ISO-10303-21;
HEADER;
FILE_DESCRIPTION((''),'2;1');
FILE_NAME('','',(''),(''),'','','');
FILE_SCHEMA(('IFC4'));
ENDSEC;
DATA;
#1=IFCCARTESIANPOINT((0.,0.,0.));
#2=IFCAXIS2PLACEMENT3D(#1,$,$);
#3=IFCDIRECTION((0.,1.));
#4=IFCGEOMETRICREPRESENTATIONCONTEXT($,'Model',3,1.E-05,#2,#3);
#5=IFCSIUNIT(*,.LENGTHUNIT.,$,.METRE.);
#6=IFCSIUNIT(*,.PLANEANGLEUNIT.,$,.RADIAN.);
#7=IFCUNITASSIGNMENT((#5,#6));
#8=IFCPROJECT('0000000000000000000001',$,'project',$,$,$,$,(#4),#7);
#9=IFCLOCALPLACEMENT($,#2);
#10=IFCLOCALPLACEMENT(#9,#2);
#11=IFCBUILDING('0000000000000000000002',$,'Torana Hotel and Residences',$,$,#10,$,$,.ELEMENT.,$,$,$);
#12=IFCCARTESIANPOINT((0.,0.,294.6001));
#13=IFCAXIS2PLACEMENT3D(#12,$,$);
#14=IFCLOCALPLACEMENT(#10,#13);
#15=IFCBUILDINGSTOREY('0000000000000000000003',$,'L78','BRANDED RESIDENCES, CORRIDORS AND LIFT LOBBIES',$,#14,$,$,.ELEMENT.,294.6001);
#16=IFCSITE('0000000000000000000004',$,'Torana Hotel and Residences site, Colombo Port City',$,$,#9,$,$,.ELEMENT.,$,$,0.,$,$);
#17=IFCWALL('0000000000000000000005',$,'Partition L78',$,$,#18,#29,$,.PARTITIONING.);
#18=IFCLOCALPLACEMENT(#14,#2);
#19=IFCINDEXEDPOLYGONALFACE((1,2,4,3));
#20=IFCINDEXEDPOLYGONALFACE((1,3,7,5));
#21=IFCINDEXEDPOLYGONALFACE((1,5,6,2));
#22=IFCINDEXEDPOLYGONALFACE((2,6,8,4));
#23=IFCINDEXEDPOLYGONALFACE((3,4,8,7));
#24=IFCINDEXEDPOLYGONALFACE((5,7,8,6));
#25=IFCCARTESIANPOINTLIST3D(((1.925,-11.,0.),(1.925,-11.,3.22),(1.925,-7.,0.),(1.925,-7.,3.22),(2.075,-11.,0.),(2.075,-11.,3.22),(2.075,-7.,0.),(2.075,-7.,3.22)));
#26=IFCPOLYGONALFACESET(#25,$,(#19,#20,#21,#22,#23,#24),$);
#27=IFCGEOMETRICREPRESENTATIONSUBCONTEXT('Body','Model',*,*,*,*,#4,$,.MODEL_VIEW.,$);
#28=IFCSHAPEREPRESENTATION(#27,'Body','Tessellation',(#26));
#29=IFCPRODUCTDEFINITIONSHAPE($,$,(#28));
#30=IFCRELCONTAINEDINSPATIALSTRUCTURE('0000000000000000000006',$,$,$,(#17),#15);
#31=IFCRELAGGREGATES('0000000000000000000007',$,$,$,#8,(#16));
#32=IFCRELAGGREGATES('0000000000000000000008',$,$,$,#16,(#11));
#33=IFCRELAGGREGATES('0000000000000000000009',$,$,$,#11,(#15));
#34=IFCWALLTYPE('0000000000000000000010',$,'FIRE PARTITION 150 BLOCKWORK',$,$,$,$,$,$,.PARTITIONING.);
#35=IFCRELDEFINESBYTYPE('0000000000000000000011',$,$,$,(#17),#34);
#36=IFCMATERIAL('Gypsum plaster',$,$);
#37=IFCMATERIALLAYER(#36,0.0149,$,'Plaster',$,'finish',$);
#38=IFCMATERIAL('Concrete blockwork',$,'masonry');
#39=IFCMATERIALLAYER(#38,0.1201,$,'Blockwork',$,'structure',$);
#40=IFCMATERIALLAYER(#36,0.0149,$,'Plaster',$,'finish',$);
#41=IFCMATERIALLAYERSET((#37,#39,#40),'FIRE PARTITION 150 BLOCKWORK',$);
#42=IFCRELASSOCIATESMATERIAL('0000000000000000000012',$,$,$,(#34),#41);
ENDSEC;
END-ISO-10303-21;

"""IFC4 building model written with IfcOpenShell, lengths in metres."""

from ifc_helpers import new_model, si_unit, direction, frame, frame_2d, origin, place, context, subcontext, project, spatial, rectangle, extrude, material, layer, layer_set, type_object, element, save


model = new_model("IFC4")

# Units and contexts
model_context = context("Model", 3, precision=1e-05, world=origin(), true_north=direction((0.0, 1.0)))
body_context = subcontext(model_context, "Body", "Model", "MODEL_VIEW")
ifc_project = project(units=[si_unit("LENGTHUNIT", "METRE"), si_unit("PLANEANGLEUNIT", "RADIAN")], contexts=[model_context])

# Site, building, storey
site_placement = place(None, origin())
site = spatial("IfcSite", under=ifc_project, at=site_placement, Name="Torana Hotel and Residences site, Colombo Port City", CompositionType="ELEMENT", RefElevation=0.0)
building_placement = place(site_placement, origin())
building = spatial("IfcBuilding", under=site, at=building_placement, Name="Torana Hotel and Residences", CompositionType="ELEMENT")
storey_placement = place(building_placement, frame((0.0, 0.0, 294.6001)))
storey = spatial("IfcBuildingStorey", under=building, at=storey_placement, Name="L78", Description="BRANDED RESIDENCES, CORRIDORS AND LIFT LOBBIES", CompositionType="ELEMENT", Elevation=294.6001)

# Wall
ifc_material_1 = material(Name="Gypsum plaster")
ifc_layer_1 = layer(ifc_material_1, 0.0149, Name="Plaster", Category="finish")
ifc_material_2 = material(Name="Concrete blockwork", Category="masonry")
ifc_layer_2 = layer(ifc_material_2, 0.1201, Name="Blockwork", Category="structure")
ifc_layer_3 = layer(ifc_material_1, 0.0149, Name="Plaster", Category="finish")
ifc_layer_set_1 = layer_set([ifc_layer_1, ifc_layer_2, ifc_layer_3], Name="FIRE PARTITION 150 BLOCKWORK")
wall_type_1 = type_object("IfcWallType", Name="FIRE PARTITION 150 BLOCKWORK", PredefinedType="PARTITIONING", material=ifc_layer_set_1)
wall_1_placement = place(storey_placement, frame((2.0, -11.0, 0.0), z_axis=(0.0, 0.0, 1.0), x_axis=(0.0, 1.0, 0.0)))
element("IfcWall", 1, at=wall_1_placement, inside=storey, type_object=wall_type_1, Name="Partition L78", PredefinedType="PARTITIONING", context=body_context, shape_type="SweptSolid", body=[
    extrude(rectangle(XDim=4.0, YDim=0.1499, at=frame_2d((2.0, 0.0))), origin(), (0.0, 0.0, 1.0), 3.22),
])

save(model, "model.ifc")
